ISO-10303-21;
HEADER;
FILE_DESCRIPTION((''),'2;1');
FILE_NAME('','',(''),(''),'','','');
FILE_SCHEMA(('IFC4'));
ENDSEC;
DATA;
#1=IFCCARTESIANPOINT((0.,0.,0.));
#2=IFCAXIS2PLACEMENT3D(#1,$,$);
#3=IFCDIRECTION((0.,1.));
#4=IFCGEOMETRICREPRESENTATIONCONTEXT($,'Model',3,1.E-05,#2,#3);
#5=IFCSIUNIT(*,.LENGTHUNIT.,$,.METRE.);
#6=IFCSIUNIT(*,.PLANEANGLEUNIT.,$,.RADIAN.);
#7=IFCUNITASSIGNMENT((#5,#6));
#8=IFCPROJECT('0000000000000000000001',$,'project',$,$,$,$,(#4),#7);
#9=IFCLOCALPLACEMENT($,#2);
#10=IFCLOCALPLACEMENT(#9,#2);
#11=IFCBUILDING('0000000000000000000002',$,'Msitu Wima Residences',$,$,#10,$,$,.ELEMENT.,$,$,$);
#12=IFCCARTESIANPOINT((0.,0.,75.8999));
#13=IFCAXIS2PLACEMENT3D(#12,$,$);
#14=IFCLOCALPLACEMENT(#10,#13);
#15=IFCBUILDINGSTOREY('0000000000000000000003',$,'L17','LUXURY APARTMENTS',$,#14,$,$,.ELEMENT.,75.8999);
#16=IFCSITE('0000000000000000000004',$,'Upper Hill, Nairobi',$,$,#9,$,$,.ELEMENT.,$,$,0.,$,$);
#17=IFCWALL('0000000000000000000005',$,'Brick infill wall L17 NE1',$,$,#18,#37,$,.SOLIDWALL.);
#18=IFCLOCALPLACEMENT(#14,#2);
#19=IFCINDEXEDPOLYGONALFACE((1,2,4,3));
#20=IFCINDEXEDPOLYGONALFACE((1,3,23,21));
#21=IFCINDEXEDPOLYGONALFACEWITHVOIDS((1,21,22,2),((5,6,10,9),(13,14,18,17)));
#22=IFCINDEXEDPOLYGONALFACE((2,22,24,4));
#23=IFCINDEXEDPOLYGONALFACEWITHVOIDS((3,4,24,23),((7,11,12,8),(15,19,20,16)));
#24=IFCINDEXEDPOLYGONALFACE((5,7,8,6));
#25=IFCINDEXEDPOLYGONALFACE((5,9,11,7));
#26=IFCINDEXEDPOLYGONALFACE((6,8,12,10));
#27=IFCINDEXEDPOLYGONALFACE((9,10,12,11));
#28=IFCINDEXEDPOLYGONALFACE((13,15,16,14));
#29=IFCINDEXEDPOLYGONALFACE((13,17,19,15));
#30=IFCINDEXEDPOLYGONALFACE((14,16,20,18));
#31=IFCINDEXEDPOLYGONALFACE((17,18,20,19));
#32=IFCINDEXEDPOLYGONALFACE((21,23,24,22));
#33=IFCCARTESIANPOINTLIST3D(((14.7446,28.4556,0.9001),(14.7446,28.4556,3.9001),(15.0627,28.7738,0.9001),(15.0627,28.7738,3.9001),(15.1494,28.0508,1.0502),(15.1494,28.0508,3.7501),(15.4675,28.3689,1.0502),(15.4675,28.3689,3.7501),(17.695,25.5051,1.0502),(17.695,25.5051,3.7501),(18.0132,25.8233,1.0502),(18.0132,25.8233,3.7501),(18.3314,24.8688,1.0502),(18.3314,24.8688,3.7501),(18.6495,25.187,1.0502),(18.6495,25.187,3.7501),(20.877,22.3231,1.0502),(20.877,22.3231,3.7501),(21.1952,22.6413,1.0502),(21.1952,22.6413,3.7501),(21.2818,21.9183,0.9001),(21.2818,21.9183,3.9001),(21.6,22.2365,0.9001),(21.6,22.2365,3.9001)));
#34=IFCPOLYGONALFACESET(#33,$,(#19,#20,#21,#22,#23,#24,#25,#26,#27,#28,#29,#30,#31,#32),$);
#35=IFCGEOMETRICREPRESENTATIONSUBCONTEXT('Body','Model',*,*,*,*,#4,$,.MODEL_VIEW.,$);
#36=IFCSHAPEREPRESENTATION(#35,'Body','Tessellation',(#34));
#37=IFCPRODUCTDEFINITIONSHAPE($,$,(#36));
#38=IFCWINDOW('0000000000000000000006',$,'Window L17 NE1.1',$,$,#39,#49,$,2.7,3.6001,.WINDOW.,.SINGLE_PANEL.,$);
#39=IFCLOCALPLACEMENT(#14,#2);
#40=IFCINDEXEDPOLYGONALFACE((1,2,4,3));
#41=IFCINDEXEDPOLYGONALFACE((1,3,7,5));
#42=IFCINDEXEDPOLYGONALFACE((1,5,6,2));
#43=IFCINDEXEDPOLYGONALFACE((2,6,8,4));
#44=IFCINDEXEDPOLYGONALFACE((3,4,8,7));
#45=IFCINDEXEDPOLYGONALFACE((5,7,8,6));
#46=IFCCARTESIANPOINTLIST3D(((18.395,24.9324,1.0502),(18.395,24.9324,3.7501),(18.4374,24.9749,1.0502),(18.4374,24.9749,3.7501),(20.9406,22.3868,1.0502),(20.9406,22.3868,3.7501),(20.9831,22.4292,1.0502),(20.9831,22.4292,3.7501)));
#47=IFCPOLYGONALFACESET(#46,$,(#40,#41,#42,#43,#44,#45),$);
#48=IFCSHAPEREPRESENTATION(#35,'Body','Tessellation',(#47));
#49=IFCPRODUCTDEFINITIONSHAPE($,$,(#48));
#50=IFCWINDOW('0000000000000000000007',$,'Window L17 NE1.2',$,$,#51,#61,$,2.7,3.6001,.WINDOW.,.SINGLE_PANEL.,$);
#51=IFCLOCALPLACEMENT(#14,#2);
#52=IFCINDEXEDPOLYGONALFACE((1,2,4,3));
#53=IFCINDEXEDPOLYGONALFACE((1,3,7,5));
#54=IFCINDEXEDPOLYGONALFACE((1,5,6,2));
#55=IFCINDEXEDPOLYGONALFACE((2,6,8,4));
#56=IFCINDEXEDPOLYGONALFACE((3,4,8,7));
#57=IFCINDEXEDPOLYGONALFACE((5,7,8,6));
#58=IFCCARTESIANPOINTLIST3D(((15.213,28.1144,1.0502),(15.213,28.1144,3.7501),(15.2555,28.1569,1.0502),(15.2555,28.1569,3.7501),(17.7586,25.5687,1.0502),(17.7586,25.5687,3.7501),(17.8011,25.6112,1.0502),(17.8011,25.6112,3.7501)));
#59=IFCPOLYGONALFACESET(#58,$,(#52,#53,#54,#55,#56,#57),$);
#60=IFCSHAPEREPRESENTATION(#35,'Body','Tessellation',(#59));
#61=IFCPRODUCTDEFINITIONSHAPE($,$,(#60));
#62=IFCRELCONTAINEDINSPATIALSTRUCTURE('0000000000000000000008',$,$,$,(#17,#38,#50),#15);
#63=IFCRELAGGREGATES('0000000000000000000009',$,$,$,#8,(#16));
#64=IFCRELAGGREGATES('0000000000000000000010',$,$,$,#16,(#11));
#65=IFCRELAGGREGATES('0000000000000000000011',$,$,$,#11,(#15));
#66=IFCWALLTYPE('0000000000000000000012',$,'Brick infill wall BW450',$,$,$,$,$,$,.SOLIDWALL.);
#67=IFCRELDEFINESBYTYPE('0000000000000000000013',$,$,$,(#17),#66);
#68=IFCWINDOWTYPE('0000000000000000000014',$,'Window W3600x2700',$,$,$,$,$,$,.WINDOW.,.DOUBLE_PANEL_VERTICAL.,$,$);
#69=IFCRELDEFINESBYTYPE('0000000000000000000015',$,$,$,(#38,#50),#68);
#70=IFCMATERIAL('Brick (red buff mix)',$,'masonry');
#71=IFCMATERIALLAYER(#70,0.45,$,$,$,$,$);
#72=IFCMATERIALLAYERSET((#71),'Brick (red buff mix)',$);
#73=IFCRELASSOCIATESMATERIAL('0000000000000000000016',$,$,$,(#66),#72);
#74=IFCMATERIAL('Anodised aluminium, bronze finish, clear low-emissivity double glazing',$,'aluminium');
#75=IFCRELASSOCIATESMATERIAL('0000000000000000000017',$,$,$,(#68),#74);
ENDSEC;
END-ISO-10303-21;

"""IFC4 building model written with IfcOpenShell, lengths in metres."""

from ifc_helpers import new_model, si_unit, direction, frame, frame_2d, origin, place, context, subcontext, project, spatial, rectangle, extrude, material, layer, layer_set, type_object, element, fill, save


model = new_model("IFC4")

# Units and contexts
model_context = context("Model", 3, precision=1e-05, world=origin(), true_north=direction((0.0, 1.0)))
body_context = subcontext(model_context, "Body", "Model", "MODEL_VIEW")
ifc_project = project(units=[si_unit("LENGTHUNIT", "METRE"), si_unit("PLANEANGLEUNIT", "RADIAN")], contexts=[model_context])

# Site, building, storey
site_placement = place(None, origin())
site = spatial("IfcSite", under=ifc_project, at=site_placement, Name="Upper Hill, Nairobi", CompositionType="ELEMENT", RefElevation=0.0)
building_placement = place(site_placement, origin())
building = spatial("IfcBuilding", under=site, at=building_placement, Name="Msitu Wima Residences", CompositionType="ELEMENT")
storey_placement = place(building_placement, frame((0.0, 0.0, 75.8999)))
storey = spatial("IfcBuildingStorey", under=building, at=storey_placement, Name="L17", Description="LUXURY APARTMENTS", CompositionType="ELEMENT", Elevation=75.8999)

# Shared definitions
ifc_material_1 = material(Name="Brick (red buff mix)", Category="masonry")
ifc_layer_1 = layer(ifc_material_1, 0.45)
ifc_layer_set_1 = layer_set([ifc_layer_1], Name="Brick (red buff mix)")
wall_type_1 = type_object("IfcWallType", Name="Brick infill wall BW450", PredefinedType="SOLIDWALL", material=ifc_layer_set_1)
ifc_material_2 = material(Name="Anodised aluminium, bronze finish, clear low-emissivity double glazing", Category="aluminium")
window_type = type_object("IfcWindowType", Name="Window W3600x2700", PartitioningType="DOUBLE_PANEL_VERTICAL", PredefinedType="WINDOW", material=ifc_material_2)

# Wall, openings, windows
wall_1_placement = place(storey_placement, frame((21.4409, 22.0774, 0.9001), z_axis=(0.0, 0.0, 1.0), x_axis=(-0.707107, 0.707107, 0.0)))
wall_1 = element("IfcWall", 1, at=wall_1_placement, inside=storey, type_object=wall_type_1, Name="Brick infill wall L17 NE1", PredefinedType="SOLIDWALL", context=body_context, shape_type="SweptSolid", body=[
    extrude(rectangle(XDim=9.2451, YDim=0.45, at=frame_2d((4.6226, 0.0))), origin(), (0.0, 0.0, 1.0), 3.0),
])
opening_1_placement = place(wall_1_placement, frame((0.5725, 0.0, 0.1499)))
opening_1 = element("IfcOpeningElement", 2, at=opening_1_placement, cuts=wall_1, PredefinedType="OPENING", context=body_context, shape_type="SweptSolid", body=[
    extrude(rectangle(XDim=3.6001, YDim=2.7, at=frame_2d((1.8, 1.3501))), frame((0.0, 0.2349, 0.0), z_axis=(0.0, -1.0, 0.0), x_axis=(1.0, 0.0, 0.0)), (0.0, 0.0, 1.0), 0.47),
])
opening_2_placement = place(wall_1_placement, frame((5.0725, 0.0, 0.1499)))
opening_2 = element("IfcOpeningElement", 3, at=opening_2_placement, cuts=wall_1, PredefinedType="OPENING", context=body_context, shape_type="SweptSolid", body=[
    extrude(rectangle(XDim=3.6001, YDim=2.7, at=frame_2d((1.8, 1.3501))), frame((0.0, 0.2349, 0.0), z_axis=(0.0, -1.0, 0.0), x_axis=(1.0, 0.0, 0.0)), (0.0, 0.0, 1.0), 0.47),
])
window_1_placement = place(opening_1_placement, origin())
window_1 = element("IfcWindow", 4, at=window_1_placement, inside=storey, type_object=window_type, Name="Window L17 NE1.1", OverallHeight=2.7, OverallWidth=3.6001, PartitioningType="SINGLE_PANEL", PredefinedType="WINDOW", context=body_context, shape_type="SweptSolid", body=[
    extrude(rectangle(XDim=3.6001, YDim=2.7, at=frame_2d((1.8, 1.3501))), frame((0.0, 0.135, 0.0), z_axis=(0.0, -1.0, 0.0), x_axis=(1.0, 0.0, 0.0)), (0.0, 0.0, 1.0), 0.0601),
])
fill(opening_1, window_1)
window_2_placement = place(opening_2_placement, origin())
window_2 = element("IfcWindow", 5, at=window_2_placement, inside=storey, type_object=window_type, Name="Window L17 NE1.2", OverallHeight=2.7, OverallWidth=3.6001, PartitioningType="SINGLE_PANEL", PredefinedType="WINDOW", context=body_context, shape_type="SweptSolid", body=[
    extrude(rectangle(XDim=3.6001, YDim=2.7, at=frame_2d((1.8, 1.3501))), frame((0.0, 0.135, 0.0), z_axis=(0.0, -1.0, 0.0), x_axis=(1.0, 0.0, 0.0)), (0.0, 0.0, 1.0), 0.0601),
])
fill(opening_2, window_2)

save(model, "model.ifc")
